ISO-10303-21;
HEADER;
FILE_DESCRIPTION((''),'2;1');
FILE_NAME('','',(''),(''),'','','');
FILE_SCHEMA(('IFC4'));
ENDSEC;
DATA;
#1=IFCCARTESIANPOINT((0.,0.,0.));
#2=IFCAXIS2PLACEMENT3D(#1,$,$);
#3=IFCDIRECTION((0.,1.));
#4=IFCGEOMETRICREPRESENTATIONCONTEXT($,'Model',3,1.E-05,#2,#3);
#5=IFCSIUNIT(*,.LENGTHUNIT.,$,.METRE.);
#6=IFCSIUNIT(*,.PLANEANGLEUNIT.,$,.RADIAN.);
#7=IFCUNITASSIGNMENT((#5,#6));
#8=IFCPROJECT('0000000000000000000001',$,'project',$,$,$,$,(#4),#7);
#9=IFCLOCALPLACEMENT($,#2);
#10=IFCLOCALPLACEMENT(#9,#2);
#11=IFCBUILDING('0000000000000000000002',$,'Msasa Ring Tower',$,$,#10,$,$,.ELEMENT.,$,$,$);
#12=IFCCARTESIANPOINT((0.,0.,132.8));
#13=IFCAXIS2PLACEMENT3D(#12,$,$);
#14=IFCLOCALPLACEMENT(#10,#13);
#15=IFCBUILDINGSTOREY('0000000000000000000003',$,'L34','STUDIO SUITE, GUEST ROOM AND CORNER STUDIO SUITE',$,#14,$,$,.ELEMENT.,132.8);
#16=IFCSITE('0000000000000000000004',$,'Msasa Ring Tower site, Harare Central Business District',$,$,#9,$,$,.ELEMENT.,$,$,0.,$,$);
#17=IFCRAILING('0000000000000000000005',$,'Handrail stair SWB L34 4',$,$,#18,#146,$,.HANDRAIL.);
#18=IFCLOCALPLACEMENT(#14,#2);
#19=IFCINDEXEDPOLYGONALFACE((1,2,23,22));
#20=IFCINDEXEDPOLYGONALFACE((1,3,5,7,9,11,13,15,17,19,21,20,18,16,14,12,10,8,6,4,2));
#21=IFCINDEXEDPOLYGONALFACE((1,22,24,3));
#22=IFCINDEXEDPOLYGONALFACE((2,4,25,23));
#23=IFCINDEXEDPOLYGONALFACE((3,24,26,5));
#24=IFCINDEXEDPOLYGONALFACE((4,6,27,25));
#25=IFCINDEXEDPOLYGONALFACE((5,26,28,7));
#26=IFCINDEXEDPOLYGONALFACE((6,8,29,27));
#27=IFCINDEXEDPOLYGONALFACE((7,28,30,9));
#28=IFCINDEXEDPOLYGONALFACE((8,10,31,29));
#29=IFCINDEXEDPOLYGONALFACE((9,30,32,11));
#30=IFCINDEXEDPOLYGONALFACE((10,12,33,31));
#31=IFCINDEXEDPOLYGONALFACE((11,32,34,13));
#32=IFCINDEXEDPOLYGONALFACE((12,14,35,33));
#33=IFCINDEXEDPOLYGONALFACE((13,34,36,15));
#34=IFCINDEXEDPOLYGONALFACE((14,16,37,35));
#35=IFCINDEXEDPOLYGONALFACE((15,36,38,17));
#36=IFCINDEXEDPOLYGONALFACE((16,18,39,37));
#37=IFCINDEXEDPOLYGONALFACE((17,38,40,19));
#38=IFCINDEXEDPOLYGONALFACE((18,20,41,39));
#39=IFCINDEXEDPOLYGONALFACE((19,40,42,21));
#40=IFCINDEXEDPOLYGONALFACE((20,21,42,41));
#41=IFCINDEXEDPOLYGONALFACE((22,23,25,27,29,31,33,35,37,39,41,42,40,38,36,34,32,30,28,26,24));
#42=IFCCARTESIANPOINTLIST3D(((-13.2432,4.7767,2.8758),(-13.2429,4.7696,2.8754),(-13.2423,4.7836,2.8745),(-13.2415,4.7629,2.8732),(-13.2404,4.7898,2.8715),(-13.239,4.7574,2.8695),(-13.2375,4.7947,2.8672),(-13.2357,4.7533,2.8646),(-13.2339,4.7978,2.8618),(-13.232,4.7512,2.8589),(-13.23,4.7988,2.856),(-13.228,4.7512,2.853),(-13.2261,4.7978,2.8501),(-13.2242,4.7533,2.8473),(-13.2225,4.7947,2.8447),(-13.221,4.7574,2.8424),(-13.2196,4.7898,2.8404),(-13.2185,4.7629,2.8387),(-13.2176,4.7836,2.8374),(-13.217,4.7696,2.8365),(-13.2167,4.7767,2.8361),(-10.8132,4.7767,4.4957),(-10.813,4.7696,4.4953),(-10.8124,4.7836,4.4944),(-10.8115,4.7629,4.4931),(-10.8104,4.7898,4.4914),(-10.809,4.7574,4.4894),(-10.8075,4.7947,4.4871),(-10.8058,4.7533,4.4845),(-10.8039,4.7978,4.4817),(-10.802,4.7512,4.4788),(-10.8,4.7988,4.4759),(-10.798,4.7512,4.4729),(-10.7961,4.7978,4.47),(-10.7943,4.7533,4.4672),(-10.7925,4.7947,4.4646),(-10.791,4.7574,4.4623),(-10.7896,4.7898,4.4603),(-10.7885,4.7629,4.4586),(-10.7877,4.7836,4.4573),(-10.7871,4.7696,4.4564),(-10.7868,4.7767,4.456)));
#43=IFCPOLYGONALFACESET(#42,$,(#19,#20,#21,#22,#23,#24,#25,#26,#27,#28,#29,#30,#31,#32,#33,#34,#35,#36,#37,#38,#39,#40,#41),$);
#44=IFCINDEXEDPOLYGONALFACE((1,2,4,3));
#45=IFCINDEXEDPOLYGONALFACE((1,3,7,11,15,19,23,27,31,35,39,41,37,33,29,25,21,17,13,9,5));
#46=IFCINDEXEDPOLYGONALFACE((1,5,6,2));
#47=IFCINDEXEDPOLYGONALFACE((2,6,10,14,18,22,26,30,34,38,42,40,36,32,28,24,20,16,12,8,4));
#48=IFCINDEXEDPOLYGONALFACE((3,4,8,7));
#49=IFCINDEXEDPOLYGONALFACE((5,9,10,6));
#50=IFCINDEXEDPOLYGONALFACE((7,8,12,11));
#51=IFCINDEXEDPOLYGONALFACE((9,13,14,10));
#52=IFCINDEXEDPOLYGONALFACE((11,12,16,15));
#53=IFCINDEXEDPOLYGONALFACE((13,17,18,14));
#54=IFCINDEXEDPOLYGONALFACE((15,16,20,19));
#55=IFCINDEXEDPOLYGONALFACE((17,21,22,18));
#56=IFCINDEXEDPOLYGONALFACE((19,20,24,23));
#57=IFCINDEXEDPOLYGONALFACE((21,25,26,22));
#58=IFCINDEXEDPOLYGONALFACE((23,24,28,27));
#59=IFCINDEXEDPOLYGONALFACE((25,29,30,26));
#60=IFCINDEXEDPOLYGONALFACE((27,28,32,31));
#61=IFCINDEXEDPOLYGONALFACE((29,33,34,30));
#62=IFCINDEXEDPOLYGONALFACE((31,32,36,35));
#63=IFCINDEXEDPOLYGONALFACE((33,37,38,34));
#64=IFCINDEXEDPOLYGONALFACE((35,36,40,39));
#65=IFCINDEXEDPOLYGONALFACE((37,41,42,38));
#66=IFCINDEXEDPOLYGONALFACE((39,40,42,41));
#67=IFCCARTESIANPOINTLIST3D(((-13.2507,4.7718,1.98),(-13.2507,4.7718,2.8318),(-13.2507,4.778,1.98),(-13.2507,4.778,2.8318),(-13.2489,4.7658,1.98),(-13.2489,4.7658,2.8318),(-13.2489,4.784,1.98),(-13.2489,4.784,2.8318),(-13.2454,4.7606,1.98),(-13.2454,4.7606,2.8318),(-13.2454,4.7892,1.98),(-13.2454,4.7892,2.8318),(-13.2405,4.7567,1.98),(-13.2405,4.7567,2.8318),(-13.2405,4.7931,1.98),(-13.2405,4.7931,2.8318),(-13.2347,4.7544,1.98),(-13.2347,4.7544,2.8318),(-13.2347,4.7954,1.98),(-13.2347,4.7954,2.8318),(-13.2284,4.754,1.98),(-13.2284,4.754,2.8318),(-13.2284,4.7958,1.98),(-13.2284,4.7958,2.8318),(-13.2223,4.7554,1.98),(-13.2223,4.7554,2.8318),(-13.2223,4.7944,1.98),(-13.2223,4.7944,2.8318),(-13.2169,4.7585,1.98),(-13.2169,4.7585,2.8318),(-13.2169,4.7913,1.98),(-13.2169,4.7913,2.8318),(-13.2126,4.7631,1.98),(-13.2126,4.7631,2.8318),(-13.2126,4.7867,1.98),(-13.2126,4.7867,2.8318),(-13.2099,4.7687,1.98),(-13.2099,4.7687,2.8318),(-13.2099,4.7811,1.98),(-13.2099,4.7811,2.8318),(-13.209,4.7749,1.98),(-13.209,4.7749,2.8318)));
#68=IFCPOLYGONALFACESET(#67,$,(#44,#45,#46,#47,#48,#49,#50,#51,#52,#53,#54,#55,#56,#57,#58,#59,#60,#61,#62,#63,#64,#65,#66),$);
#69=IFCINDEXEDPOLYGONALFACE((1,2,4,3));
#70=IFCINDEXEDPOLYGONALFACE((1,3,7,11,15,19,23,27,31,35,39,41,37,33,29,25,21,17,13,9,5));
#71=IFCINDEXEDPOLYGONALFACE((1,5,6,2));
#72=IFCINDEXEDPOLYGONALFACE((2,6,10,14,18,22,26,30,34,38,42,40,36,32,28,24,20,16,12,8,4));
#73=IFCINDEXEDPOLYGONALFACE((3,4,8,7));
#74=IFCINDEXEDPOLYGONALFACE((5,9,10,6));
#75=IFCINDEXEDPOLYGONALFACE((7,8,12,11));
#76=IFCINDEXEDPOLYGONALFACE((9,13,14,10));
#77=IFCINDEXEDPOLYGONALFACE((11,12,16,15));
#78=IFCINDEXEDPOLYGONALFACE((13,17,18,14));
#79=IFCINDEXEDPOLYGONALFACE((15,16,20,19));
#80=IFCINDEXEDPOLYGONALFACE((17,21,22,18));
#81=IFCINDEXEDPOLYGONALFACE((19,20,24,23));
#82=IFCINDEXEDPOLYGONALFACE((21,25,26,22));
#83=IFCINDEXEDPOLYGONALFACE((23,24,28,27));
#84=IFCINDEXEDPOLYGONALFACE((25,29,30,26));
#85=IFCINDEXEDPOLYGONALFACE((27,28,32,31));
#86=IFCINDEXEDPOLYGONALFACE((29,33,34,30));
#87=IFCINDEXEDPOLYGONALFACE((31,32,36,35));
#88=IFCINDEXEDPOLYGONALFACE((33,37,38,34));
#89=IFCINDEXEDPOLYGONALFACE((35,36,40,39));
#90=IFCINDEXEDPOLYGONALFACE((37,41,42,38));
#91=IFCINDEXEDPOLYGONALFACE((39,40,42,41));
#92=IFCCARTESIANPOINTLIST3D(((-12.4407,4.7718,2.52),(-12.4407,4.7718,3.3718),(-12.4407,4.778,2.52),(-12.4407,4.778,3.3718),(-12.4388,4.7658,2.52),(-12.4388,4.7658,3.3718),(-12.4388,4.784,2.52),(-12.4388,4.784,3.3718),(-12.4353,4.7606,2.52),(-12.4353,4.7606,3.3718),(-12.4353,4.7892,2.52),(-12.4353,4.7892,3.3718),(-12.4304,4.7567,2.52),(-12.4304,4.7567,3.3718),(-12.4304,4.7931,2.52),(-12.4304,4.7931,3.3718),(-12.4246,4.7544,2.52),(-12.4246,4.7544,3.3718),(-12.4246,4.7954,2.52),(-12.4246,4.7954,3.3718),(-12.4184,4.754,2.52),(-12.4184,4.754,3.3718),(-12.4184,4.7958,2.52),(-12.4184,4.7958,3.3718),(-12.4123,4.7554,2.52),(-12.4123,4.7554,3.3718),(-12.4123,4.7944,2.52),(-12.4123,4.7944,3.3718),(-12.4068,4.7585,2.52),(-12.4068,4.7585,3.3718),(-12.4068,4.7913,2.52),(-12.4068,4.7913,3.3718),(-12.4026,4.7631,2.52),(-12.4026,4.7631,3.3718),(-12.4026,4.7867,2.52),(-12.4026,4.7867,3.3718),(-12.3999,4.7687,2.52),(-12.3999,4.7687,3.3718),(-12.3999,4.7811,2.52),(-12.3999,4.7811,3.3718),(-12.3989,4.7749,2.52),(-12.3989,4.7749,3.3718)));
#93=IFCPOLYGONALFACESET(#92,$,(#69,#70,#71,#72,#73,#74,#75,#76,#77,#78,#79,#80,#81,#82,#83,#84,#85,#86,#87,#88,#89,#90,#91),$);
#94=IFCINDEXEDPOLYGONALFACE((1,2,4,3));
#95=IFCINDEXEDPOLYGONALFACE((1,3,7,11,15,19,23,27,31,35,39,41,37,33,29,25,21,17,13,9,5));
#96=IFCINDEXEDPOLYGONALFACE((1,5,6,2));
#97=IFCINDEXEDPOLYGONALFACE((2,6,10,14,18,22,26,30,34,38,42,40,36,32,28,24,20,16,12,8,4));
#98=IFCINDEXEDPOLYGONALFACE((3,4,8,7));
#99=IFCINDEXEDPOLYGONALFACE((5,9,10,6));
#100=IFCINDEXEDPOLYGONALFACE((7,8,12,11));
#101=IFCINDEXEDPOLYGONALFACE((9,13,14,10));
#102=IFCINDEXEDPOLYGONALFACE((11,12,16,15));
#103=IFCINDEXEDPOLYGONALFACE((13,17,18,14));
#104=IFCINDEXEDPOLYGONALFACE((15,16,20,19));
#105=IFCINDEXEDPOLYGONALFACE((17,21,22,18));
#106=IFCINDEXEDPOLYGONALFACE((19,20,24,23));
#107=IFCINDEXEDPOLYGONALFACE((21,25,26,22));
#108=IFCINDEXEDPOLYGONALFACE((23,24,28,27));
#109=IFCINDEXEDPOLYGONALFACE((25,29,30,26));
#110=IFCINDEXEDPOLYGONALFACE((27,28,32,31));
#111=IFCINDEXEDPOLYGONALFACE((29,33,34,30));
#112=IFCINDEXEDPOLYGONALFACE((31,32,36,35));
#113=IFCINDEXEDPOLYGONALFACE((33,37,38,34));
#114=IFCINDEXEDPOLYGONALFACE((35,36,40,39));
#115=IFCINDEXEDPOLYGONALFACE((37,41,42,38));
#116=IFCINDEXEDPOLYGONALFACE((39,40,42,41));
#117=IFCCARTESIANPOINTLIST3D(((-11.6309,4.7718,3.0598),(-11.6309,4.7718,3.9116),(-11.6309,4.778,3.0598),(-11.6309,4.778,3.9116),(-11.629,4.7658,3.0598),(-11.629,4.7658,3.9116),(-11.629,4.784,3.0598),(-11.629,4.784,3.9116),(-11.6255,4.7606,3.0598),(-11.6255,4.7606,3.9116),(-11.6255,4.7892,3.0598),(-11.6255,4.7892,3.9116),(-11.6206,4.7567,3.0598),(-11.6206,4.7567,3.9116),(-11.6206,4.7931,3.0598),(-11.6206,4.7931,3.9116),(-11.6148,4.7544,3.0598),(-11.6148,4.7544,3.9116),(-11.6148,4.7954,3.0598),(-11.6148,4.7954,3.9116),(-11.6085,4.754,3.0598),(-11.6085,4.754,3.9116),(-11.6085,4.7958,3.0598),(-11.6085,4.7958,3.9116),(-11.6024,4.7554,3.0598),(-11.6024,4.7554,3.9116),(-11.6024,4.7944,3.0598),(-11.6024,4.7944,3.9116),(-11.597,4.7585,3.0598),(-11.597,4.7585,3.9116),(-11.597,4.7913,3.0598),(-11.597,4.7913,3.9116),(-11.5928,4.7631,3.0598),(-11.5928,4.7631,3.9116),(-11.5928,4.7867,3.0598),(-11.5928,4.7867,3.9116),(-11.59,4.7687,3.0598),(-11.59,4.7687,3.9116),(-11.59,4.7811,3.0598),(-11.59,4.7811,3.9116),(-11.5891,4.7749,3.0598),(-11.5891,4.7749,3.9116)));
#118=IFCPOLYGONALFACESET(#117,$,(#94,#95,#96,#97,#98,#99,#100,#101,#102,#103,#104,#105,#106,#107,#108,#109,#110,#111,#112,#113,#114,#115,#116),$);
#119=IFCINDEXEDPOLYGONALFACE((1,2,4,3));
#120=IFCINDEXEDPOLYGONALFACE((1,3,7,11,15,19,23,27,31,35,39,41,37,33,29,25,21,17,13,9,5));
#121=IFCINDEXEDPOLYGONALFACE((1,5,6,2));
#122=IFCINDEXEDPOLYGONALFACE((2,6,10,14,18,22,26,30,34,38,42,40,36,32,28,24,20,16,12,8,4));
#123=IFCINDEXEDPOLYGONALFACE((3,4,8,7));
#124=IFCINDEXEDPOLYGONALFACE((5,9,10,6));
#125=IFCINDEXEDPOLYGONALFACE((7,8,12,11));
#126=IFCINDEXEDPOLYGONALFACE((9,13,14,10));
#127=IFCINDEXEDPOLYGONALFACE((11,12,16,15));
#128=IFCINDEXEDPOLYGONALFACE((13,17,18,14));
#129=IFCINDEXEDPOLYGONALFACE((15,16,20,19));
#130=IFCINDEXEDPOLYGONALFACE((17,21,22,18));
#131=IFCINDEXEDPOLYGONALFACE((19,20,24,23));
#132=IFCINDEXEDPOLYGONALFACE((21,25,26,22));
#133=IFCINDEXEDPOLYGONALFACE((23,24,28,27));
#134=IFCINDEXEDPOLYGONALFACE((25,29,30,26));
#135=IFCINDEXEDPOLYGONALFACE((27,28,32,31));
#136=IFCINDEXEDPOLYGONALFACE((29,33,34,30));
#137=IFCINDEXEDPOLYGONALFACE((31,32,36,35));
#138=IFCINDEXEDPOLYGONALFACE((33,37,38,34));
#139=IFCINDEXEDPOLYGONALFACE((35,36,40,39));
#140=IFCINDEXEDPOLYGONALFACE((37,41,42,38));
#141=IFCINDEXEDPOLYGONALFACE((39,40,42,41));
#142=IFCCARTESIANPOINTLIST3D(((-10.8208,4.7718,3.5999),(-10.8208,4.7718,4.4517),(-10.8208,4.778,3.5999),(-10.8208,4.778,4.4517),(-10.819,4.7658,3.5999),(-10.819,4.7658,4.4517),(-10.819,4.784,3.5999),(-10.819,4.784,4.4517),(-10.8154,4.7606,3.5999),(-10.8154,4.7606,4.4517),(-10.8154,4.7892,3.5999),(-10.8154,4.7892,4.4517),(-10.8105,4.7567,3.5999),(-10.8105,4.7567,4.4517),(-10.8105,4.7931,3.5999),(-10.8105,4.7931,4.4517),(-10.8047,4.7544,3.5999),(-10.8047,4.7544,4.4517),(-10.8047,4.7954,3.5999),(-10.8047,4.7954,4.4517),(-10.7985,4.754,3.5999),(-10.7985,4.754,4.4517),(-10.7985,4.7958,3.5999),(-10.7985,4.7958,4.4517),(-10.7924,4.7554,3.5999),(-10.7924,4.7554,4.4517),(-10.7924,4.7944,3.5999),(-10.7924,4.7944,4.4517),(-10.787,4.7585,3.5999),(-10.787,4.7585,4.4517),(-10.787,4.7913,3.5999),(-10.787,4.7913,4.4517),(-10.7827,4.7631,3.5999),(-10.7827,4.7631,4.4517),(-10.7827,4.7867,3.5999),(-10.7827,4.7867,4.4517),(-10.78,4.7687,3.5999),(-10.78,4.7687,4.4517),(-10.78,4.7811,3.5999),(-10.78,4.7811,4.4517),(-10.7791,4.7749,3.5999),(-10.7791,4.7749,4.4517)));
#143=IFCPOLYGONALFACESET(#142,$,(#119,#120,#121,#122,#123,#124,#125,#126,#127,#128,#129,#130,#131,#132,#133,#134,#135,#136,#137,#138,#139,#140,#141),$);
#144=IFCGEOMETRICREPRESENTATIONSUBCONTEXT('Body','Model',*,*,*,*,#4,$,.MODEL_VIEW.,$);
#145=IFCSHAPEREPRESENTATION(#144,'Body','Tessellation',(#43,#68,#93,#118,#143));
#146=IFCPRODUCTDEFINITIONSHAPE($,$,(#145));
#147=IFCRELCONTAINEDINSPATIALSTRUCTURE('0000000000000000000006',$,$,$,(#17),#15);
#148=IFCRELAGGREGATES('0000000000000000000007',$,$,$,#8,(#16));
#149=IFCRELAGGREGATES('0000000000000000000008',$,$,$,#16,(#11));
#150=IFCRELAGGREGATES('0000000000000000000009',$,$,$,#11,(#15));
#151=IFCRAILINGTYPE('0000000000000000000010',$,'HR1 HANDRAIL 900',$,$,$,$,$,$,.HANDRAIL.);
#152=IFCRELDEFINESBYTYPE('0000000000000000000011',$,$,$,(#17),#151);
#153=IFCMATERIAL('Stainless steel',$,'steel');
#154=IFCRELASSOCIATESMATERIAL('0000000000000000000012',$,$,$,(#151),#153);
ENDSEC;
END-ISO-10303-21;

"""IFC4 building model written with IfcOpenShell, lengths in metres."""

from ifc_helpers import new_model, si_unit, direction, frame, origin, origin_2d, place, context, subcontext, project, spatial, circle, extrude, material, type_object, element, save


model = new_model("IFC4")

# Units and contexts
model_context = context("Model", 3, precision=1e-05, world=origin(), true_north=direction((0.0, 1.0)))
body_context = subcontext(model_context, "Body", "Model", "MODEL_VIEW")
ifc_project = project(units=[si_unit("LENGTHUNIT", "METRE"), si_unit("PLANEANGLEUNIT", "RADIAN")], contexts=[model_context])

# Site, building, storey
site_placement = place(None, origin())
site = spatial("IfcSite", under=ifc_project, at=site_placement, Name="Msasa Ring Tower site, Harare Central Business District", CompositionType="ELEMENT", RefElevation=0.0)
building_placement = place(site_placement, origin())
building = spatial("IfcBuilding", under=site, at=building_placement, Name="Msasa Ring Tower", CompositionType="ELEMENT")
storey_placement = place(building_placement, frame((0.0, 0.0, 132.8)))
storey = spatial("IfcBuildingStorey", under=building, at=storey_placement, Name="L34", Description="STUDIO SUITE, GUEST ROOM AND CORNER STUDIO SUITE", CompositionType="ELEMENT", Elevation=132.8)

# Railing
ifc_material_1 = material(Name="Stainless steel", Category="steel")
railing_type = type_object("IfcRailingType", Name="HR1 HANDRAIL 900", PredefinedType="HANDRAIL", material=ifc_material_1)
for number, where, name in (
    (1, (-13.23, 4.7749, 1.98), "Handrail stair SWB L34 4"),
):
    element("IfcRailing", number, at=place(storey_placement, frame(where)), inside=storey, type_object=railing_type, Name=name, PredefinedType="HANDRAIL", context=body_context, shape_type="SweptSolid", body=[
        extrude(circle(Radius=0.0239, at=origin_2d()), frame((0.0, 0.0, 0.876), z_axis=(0.832063, 0.0, 0.554681), x_axis=(0.0, 1.0, 0.0)), (0.0, 0.0, 1.0), 2.9204),
        extrude(circle(Radius=0.021, at=origin_2d()), origin(), (0.0, 0.0, 1.0), 0.8518),
        extrude(circle(Radius=0.021, at=origin_2d()), frame((0.8101, 0.0, 0.54)), (0.0, 0.0, 1.0), 0.8518),
        extrude(circle(Radius=0.021, at=origin_2d()), frame((1.6199, 0.0, 1.0798)), (0.0, 0.0, 1.0), 0.8518),
        extrude(circle(Radius=0.021, at=origin_2d()), frame((2.4299, 0.0, 1.6199)), (0.0, 0.0, 1.0), 0.8518),
    ])

save(model, "model.ifc")
